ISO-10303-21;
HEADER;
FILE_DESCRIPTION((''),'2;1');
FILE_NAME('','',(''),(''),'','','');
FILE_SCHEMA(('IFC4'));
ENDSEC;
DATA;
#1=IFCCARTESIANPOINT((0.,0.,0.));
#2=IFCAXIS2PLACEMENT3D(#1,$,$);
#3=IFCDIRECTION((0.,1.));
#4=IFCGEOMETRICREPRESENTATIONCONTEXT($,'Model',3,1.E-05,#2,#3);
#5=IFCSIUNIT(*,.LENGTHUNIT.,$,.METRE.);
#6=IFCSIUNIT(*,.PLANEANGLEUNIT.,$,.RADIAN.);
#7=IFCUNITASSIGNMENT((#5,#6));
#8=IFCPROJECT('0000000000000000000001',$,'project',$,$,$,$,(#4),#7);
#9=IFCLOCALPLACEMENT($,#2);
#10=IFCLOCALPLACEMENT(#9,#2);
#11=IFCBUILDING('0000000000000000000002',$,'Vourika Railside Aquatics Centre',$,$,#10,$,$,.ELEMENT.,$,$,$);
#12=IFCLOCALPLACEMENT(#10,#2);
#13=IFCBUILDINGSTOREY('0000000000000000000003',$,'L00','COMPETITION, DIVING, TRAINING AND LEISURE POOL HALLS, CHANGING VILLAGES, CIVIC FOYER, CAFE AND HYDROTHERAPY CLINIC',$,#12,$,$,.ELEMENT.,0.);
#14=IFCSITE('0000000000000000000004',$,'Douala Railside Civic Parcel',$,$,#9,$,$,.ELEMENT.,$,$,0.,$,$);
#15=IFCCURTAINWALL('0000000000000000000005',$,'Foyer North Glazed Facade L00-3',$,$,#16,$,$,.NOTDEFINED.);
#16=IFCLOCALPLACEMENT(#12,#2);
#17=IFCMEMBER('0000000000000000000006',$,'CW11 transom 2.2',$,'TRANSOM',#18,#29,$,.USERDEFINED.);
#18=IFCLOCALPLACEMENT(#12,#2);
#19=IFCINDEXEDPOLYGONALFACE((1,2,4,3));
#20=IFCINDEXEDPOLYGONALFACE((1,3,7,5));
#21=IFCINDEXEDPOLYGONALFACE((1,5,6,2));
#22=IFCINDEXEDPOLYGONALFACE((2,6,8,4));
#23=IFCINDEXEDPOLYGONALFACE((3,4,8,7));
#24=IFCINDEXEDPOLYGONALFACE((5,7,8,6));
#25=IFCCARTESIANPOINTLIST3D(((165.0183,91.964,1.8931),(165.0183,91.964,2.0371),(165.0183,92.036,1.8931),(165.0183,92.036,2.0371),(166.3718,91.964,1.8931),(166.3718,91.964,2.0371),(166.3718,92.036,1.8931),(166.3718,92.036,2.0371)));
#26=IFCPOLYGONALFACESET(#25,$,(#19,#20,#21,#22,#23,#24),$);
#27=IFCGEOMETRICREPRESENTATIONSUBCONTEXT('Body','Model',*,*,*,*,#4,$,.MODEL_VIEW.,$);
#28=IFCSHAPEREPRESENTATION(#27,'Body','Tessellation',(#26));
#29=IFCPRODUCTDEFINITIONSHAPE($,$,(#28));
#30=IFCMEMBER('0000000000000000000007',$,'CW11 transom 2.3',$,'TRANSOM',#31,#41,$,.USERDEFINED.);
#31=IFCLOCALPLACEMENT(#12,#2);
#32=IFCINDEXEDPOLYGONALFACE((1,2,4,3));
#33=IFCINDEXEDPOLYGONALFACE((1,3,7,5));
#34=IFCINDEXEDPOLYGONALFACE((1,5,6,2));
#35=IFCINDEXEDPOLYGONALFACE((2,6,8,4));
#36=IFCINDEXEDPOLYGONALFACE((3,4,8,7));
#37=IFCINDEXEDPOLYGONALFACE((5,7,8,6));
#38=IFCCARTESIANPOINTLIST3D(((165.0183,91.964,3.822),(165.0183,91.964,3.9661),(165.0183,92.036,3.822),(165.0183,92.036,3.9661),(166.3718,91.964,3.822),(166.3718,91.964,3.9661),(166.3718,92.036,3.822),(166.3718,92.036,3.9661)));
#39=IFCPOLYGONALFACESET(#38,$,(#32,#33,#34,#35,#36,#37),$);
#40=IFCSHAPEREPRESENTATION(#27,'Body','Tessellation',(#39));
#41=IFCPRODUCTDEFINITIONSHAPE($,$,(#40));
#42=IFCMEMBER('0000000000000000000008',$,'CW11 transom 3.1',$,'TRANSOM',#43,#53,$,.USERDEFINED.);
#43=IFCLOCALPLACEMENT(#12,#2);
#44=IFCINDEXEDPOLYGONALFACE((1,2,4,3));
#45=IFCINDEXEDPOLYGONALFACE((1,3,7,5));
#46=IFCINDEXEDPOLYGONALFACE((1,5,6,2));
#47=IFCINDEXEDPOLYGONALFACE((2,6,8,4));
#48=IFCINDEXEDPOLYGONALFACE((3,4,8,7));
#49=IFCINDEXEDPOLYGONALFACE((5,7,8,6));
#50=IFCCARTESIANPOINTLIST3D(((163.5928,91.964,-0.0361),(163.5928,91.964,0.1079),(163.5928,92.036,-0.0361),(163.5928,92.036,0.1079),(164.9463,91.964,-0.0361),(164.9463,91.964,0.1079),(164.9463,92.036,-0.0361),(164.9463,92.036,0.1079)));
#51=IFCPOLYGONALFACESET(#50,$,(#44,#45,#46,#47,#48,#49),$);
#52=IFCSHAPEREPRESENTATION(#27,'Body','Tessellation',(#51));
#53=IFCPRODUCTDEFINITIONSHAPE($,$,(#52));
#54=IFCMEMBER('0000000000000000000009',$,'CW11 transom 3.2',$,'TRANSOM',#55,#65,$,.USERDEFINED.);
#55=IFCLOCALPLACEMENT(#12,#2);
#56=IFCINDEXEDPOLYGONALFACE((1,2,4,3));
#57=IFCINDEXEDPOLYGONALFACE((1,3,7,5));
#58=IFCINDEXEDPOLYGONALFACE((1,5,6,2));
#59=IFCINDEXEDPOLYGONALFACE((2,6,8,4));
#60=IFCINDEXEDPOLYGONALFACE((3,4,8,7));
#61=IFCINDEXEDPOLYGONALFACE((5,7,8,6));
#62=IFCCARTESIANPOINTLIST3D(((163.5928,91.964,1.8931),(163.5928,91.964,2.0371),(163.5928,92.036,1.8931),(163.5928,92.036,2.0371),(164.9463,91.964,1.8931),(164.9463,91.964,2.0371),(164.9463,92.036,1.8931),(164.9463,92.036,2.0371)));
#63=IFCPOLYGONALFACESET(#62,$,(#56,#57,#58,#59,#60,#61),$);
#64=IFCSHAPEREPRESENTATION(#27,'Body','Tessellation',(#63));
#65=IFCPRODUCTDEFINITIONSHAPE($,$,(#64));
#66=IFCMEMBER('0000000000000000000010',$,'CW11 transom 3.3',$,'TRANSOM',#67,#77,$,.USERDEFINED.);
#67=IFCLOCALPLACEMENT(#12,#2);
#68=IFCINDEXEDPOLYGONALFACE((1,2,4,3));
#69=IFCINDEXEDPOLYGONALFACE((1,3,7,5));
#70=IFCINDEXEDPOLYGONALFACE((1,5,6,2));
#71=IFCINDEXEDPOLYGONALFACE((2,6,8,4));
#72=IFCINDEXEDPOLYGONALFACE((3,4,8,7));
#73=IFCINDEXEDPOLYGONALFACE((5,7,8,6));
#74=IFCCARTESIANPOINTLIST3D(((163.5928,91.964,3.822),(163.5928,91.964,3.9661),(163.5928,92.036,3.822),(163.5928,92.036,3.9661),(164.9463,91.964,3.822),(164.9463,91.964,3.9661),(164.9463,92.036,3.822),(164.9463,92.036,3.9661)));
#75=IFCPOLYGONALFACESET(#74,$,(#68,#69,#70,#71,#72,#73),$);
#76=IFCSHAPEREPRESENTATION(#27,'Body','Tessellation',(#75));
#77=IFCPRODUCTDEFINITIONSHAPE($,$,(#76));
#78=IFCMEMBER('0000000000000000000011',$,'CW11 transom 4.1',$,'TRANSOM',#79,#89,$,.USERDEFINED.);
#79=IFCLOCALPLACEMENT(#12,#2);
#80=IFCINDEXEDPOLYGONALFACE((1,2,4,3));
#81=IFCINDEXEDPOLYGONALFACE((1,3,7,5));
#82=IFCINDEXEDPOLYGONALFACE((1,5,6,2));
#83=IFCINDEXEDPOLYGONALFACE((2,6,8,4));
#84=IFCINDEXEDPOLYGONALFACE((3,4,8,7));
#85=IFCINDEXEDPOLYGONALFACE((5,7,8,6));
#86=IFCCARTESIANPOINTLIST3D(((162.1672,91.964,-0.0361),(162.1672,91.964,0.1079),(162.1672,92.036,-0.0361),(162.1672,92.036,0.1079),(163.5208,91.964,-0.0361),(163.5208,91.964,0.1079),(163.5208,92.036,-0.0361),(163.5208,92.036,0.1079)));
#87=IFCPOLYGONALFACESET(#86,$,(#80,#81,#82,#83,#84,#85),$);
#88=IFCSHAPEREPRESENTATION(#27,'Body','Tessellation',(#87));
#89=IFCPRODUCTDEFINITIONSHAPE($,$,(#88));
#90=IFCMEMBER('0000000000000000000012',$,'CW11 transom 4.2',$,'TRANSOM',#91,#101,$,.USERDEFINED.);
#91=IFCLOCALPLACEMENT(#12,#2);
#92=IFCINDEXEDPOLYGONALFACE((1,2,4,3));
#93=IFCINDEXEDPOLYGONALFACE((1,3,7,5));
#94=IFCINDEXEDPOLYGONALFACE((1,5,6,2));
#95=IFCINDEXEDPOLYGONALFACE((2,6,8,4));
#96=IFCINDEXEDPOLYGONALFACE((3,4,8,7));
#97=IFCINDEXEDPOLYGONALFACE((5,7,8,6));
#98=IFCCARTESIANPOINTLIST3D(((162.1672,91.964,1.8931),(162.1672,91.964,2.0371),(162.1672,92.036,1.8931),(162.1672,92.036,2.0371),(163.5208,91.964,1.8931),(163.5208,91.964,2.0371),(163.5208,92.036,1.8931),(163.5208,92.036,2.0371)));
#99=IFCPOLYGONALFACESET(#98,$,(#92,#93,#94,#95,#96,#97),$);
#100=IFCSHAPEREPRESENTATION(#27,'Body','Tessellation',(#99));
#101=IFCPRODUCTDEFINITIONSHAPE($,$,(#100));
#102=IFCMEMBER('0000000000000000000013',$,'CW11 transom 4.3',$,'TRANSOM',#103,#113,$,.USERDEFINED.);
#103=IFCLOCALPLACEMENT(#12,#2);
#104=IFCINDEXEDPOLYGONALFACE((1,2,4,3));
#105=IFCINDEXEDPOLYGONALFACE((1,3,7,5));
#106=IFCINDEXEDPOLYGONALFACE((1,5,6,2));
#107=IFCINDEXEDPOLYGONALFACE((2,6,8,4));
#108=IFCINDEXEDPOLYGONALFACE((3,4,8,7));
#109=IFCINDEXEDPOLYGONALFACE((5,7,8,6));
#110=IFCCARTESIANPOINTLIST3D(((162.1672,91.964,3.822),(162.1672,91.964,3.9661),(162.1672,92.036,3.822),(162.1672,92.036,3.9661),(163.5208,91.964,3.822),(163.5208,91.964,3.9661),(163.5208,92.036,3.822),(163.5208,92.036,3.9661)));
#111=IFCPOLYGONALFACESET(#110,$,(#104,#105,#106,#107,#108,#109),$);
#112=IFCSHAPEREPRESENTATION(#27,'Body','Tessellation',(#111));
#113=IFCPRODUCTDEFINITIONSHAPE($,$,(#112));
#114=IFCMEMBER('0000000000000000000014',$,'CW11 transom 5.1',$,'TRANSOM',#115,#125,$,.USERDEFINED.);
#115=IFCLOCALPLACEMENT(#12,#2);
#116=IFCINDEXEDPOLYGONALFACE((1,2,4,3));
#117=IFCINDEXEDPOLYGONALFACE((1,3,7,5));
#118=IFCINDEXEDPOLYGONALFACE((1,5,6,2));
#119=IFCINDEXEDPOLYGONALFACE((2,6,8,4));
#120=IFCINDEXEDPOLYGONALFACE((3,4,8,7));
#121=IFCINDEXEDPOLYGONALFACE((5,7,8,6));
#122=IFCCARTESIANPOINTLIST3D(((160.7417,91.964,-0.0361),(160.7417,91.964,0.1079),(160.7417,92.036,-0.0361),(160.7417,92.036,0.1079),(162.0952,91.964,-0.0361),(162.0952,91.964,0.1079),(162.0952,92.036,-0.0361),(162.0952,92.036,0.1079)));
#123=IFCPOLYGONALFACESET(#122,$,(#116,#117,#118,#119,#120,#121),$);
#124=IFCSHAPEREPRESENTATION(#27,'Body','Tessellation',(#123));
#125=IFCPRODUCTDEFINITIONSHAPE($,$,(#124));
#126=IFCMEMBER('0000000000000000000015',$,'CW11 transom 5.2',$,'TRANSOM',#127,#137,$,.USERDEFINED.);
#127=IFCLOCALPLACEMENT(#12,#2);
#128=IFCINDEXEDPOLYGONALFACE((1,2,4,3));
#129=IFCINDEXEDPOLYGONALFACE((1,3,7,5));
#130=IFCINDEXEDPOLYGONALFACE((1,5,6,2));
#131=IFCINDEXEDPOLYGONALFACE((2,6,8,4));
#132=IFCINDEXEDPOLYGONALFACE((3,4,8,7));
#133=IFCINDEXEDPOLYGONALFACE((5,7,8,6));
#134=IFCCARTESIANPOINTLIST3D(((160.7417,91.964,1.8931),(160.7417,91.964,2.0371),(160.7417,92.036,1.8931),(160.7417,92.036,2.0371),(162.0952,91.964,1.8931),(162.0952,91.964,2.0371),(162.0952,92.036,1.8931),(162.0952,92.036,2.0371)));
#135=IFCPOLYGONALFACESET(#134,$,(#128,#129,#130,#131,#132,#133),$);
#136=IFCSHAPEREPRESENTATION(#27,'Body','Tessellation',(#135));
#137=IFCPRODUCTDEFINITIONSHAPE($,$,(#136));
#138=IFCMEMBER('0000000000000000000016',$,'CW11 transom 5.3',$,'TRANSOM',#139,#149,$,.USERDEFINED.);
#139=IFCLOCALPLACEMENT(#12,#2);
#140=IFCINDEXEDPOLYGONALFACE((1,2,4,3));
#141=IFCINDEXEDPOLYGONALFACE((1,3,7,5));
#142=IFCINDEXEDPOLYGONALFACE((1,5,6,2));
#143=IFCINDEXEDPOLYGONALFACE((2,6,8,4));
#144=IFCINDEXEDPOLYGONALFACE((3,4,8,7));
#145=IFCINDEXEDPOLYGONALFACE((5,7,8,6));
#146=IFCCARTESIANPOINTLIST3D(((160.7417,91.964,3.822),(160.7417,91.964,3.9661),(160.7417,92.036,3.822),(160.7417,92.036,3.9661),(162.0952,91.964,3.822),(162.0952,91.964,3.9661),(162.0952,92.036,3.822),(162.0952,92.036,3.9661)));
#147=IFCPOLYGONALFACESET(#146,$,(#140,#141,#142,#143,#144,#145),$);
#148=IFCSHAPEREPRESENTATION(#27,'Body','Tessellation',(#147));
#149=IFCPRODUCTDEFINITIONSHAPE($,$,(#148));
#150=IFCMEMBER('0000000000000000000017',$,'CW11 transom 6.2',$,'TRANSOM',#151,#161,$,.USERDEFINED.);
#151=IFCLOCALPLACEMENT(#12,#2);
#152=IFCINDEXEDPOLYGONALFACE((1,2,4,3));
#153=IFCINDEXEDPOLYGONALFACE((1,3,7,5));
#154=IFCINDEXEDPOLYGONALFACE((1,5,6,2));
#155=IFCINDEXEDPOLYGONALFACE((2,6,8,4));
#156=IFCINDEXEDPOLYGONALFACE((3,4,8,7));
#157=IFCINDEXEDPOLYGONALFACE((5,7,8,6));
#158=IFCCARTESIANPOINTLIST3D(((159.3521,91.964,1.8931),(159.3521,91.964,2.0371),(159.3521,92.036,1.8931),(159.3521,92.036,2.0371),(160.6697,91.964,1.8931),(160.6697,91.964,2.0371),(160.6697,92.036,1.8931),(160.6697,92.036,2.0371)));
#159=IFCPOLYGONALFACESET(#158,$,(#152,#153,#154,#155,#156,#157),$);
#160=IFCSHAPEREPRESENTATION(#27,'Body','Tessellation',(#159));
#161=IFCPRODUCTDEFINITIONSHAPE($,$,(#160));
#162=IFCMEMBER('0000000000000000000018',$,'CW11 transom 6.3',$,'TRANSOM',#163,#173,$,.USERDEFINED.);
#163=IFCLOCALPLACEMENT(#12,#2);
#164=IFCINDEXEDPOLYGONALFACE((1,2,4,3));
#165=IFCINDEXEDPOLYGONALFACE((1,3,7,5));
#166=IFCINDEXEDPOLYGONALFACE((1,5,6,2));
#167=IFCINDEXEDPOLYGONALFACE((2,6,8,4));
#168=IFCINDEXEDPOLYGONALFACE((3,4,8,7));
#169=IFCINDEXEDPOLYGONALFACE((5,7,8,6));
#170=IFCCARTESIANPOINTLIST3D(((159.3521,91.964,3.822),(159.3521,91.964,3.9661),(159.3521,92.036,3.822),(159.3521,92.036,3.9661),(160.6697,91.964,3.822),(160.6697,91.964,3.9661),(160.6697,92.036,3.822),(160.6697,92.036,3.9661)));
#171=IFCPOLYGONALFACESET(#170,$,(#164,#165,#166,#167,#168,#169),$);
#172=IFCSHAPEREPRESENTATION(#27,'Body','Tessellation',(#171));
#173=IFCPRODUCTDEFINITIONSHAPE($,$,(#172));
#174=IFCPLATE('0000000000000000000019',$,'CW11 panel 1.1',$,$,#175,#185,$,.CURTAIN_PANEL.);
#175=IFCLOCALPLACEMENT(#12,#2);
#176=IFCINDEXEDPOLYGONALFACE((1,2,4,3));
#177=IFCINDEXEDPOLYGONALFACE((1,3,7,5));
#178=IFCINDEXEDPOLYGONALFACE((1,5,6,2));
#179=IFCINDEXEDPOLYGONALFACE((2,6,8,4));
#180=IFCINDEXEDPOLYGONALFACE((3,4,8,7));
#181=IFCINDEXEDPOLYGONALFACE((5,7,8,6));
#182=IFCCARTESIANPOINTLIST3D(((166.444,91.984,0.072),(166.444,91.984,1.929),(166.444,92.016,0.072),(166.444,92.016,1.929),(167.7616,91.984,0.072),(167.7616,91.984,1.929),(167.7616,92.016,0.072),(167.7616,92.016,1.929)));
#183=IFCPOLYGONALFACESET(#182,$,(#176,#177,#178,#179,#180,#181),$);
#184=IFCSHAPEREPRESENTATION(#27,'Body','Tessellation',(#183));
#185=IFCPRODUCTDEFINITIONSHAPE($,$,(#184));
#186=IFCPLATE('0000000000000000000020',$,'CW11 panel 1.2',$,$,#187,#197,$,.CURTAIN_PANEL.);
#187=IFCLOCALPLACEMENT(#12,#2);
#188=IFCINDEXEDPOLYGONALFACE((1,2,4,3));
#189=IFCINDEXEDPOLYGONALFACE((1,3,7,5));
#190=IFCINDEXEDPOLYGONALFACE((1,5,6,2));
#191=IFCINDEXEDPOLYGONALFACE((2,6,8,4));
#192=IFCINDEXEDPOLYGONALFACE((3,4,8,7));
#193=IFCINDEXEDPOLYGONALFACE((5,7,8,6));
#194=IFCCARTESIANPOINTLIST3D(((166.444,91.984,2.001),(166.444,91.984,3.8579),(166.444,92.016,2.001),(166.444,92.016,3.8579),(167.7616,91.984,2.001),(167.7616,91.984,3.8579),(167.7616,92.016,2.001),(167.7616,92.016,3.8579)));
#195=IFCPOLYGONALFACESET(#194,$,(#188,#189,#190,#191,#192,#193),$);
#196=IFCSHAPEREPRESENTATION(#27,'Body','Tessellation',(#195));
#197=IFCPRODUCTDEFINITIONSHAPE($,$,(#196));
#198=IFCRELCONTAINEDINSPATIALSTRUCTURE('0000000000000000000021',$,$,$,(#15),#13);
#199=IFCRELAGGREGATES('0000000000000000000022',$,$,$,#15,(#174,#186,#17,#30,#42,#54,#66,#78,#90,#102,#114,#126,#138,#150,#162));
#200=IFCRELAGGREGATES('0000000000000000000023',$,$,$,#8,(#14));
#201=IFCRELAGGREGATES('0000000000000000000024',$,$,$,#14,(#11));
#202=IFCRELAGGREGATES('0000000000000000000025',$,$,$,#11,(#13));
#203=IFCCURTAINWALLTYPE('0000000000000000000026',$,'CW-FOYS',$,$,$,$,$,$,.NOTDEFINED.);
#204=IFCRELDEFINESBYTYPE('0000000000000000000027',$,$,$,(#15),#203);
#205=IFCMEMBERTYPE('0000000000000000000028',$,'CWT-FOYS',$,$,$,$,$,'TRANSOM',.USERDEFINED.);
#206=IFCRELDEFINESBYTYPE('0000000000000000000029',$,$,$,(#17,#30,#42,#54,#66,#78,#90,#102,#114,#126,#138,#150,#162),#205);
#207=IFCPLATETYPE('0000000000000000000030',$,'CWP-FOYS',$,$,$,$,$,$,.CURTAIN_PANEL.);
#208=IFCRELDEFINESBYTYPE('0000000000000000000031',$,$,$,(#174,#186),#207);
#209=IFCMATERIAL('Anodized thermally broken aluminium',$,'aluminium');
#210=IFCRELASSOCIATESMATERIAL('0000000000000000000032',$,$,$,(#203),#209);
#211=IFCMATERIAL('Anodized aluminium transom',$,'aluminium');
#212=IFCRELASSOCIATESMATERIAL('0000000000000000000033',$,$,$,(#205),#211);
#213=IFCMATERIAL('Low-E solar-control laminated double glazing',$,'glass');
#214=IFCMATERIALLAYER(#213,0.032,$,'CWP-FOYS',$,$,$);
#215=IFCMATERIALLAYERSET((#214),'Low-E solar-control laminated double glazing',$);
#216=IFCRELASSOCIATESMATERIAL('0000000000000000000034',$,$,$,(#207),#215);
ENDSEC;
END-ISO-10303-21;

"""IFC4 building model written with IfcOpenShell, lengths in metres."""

from ifc_helpers import new_model, si_unit, direction, frame, origin, origin_2d, place, context, subcontext, project, spatial, rectangle, extrude, material, layer, layer_set, material_profile, profile_set, type_object, element, aggregate, save


model = new_model("IFC4")

# Units and contexts
model_context = context("Model", 3, precision=1e-05, world=origin(), true_north=direction((0.0, 1.0)))
body_context = subcontext(model_context, "Body", "Model", "MODEL_VIEW")
ifc_project = project(units=[si_unit("LENGTHUNIT", "METRE"), si_unit("PLANEANGLEUNIT", "RADIAN")], contexts=[model_context])

# Site, building, storey
site_placement = place(None, origin())
site = spatial("IfcSite", under=ifc_project, at=site_placement, Name="Douala Railside Civic Parcel", CompositionType="ELEMENT", RefElevation=0.0)
building_placement = place(site_placement, origin())
building = spatial("IfcBuilding", under=site, at=building_placement, Name="Vourika Railside Aquatics Centre", CompositionType="ELEMENT")
storey_placement = place(building_placement, origin())
storey = spatial("IfcBuildingStorey", under=building, at=storey_placement, Name="L00", Description="COMPETITION, DIVING, TRAINING AND LEISURE POOL HALLS, CHANGING VILLAGES, CIVIC FOYER, CAFE AND HYDROTHERAPY CLINIC", CompositionType="ELEMENT", Elevation=0.0)

# Curtain wall, members, plates
ifc_material_1 = material(Name="Anodized thermally broken aluminium", Category="aluminium")
curtain_wall_type = type_object("IfcCurtainWallType", Name="CW-FOYS", PredefinedType="NOTDEFINED", material=ifc_material_1)
curtain_wall_placement = place(storey_placement, origin())
curtain_wall = element("IfcCurtainWall", 1, at=curtain_wall_placement, inside=storey, type_object=curtain_wall_type, Name="Foyer North Glazed Facade L00-3", PredefinedType="NOTDEFINED")
ifc_material_2 = material(Name="Anodized aluminium transom", Category="aluminium")
ifc_material_profile_1 = material_profile(ifc_material_2, rectangle(XDim=0.072, YDim=0.144, at=origin_2d()), Name="ALU-T 72x144")
ifc_profile_set_1 = profile_set([ifc_material_profile_1], Name="Anodized aluminium transom")
member_type_1 = type_object("IfcMemberType", Name="CWT-FOYS", ElementType="TRANSOM", PredefinedType="USERDEFINED", material=ifc_profile_set_1)
member_1_placement = place(storey_placement, frame((166.3718, 92.0, 1.9651), z_axis=(-1.0, 0.0, 0.0), x_axis=(0.0, -1.0, 0.0)))
member_1 = element("IfcMember", 2, at=member_1_placement, type_object=member_type_1, Name="CW11 transom 2.2", ObjectType="TRANSOM", PredefinedType="USERDEFINED", context=body_context, shape_type="SweptSolid", body=[
    extrude(rectangle(XDim=0.072, YDim=0.144, at=origin_2d()), origin(), (0.0, 0.0, 1.0), 1.3535),
])
member_2_placement = place(storey_placement, frame((166.3718, 92.0, 3.894), z_axis=(-1.0, 0.0, 0.0), x_axis=(0.0, -1.0, 0.0)))
member_2 = element("IfcMember", 3, at=member_2_placement, type_object=member_type_1, Name="CW11 transom 2.3", ObjectType="TRANSOM", PredefinedType="USERDEFINED", context=body_context, shape_type="SweptSolid", body=[
    extrude(rectangle(XDim=0.072, YDim=0.144, at=origin_2d()), origin(), (0.0, 0.0, 1.0), 1.3535),
])
member_3_placement = place(storey_placement, frame((164.9463, 92.0, 0.0359), z_axis=(-1.0, 0.0, 0.0), x_axis=(0.0, -1.0, 0.0)))
member_3 = element("IfcMember", 4, at=member_3_placement, type_object=member_type_1, Name="CW11 transom 3.1", ObjectType="TRANSOM", PredefinedType="USERDEFINED", context=body_context, shape_type="SweptSolid", body=[
    extrude(rectangle(XDim=0.072, YDim=0.144, at=origin_2d()), origin(), (0.0, 0.0, 1.0), 1.3535),
])
member_4_placement = place(storey_placement, frame((164.9463, 92.0, 1.9651), z_axis=(-1.0, 0.0, 0.0), x_axis=(0.0, -1.0, 0.0)))
member_4 = element("IfcMember", 5, at=member_4_placement, type_object=member_type_1, Name="CW11 transom 3.2", ObjectType="TRANSOM", PredefinedType="USERDEFINED", context=body_context, shape_type="SweptSolid", body=[
    extrude(rectangle(XDim=0.072, YDim=0.144, at=origin_2d()), origin(), (0.0, 0.0, 1.0), 1.3535),
])
member_5_placement = place(storey_placement, frame((164.9463, 92.0, 3.894), z_axis=(-1.0, 0.0, 0.0), x_axis=(0.0, -1.0, 0.0)))
member_5 = element("IfcMember", 6, at=member_5_placement, type_object=member_type_1, Name="CW11 transom 3.3", ObjectType="TRANSOM", PredefinedType="USERDEFINED", context=body_context, shape_type="SweptSolid", body=[
    extrude(rectangle(XDim=0.072, YDim=0.144, at=origin_2d()), origin(), (0.0, 0.0, 1.0), 1.3535),
])
member_6_placement = place(storey_placement, frame((163.5208, 92.0, 0.0359), z_axis=(-1.0, 0.0, 0.0), x_axis=(0.0, -1.0, 0.0)))
member_6 = element("IfcMember", 7, at=member_6_placement, type_object=member_type_1, Name="CW11 transom 4.1", ObjectType="TRANSOM", PredefinedType="USERDEFINED", context=body_context, shape_type="SweptSolid", body=[
    extrude(rectangle(XDim=0.072, YDim=0.144, at=origin_2d()), origin(), (0.0, 0.0, 1.0), 1.3535),
])
member_7_placement = place(storey_placement, frame((163.5208, 92.0, 1.9651), z_axis=(-1.0, 0.0, 0.0), x_axis=(0.0, -1.0, 0.0)))
member_7 = element("IfcMember", 8, at=member_7_placement, type_object=member_type_1, Name="CW11 transom 4.2", ObjectType="TRANSOM", PredefinedType="USERDEFINED", context=body_context, shape_type="SweptSolid", body=[
    extrude(rectangle(XDim=0.072, YDim=0.144, at=origin_2d()), origin(), (0.0, 0.0, 1.0), 1.3535),
])
member_8_placement = place(storey_placement, frame((163.5208, 92.0, 3.894), z_axis=(-1.0, 0.0, 0.0), x_axis=(0.0, -1.0, 0.0)))
member_8 = element("IfcMember", 9, at=member_8_placement, type_object=member_type_1, Name="CW11 transom 4.3", ObjectType="TRANSOM", PredefinedType="USERDEFINED", context=body_context, shape_type="SweptSolid", body=[
    extrude(rectangle(XDim=0.072, YDim=0.144, at=origin_2d()), origin(), (0.0, 0.0, 1.0), 1.3535),
])
member_9_placement = place(storey_placement, frame((162.0952, 92.0, 0.0359), z_axis=(-1.0, 0.0, 0.0), x_axis=(0.0, -1.0, 0.0)))
member_9 = element("IfcMember", 10, at=member_9_placement, type_object=member_type_1, Name="CW11 transom 5.1", ObjectType="TRANSOM", PredefinedType="USERDEFINED", context=body_context, shape_type="SweptSolid", body=[
    extrude(rectangle(XDim=0.072, YDim=0.144, at=origin_2d()), origin(), (0.0, 0.0, 1.0), 1.3535),
])
member_10_placement = place(storey_placement, frame((162.0952, 92.0, 1.9651), z_axis=(-1.0, 0.0, 0.0), x_axis=(0.0, -1.0, 0.0)))
member_10 = element("IfcMember", 11, at=member_10_placement, type_object=member_type_1, Name="CW11 transom 5.2", ObjectType="TRANSOM", PredefinedType="USERDEFINED", context=body_context, shape_type="SweptSolid", body=[
    extrude(rectangle(XDim=0.072, YDim=0.144, at=origin_2d()), origin(), (0.0, 0.0, 1.0), 1.3535),
])
member_11_placement = place(storey_placement, frame((162.0952, 92.0, 3.894), z_axis=(-1.0, 0.0, 0.0), x_axis=(0.0, -1.0, 0.0)))
member_11 = element("IfcMember", 12, at=member_11_placement, type_object=member_type_1, Name="CW11 transom 5.3", ObjectType="TRANSOM", PredefinedType="USERDEFINED", context=body_context, shape_type="SweptSolid", body=[
    extrude(rectangle(XDim=0.072, YDim=0.144, at=origin_2d()), origin(), (0.0, 0.0, 1.0), 1.3535),
])
member_12_placement = place(storey_placement, frame((160.6697, 92.0, 1.9651), z_axis=(-1.0, 0.0, 0.0), x_axis=(0.0, -1.0, 0.0)))
member_12 = element("IfcMember", 13, at=member_12_placement, type_object=member_type_1, Name="CW11 transom 6.2", ObjectType="TRANSOM", PredefinedType="USERDEFINED", context=body_context, shape_type="SweptSolid", body=[
    extrude(rectangle(XDim=0.072, YDim=0.144, at=origin_2d()), origin(), (0.0, 0.0, 1.0), 1.3176),
])
member_13_placement = place(storey_placement, frame((160.6697, 92.0, 3.894), z_axis=(-1.0, 0.0, 0.0), x_axis=(0.0, -1.0, 0.0)))
member_13 = element("IfcMember", 14, at=member_13_placement, type_object=member_type_1, Name="CW11 transom 6.3", ObjectType="TRANSOM", PredefinedType="USERDEFINED", context=body_context, shape_type="SweptSolid", body=[
    extrude(rectangle(XDim=0.072, YDim=0.144, at=origin_2d()), origin(), (0.0, 0.0, 1.0), 1.3176),
])
ifc_material_3 = material(Name="Low-E solar-control laminated double glazing", Category="glass")
ifc_layer_1 = layer(ifc_material_3, 0.032, Name="CWP-FOYS")
ifc_layer_set_1 = layer_set([ifc_layer_1], Name="Low-E solar-control laminated double glazing")
plate_type_1 = type_object("IfcPlateType", Name="CWP-FOYS", PredefinedType="CURTAIN_PANEL", material=ifc_layer_set_1)
plate_1_placement = place(storey_placement, frame((167.1028, 92.0, 0.072), z_axis=(0.0, 0.0, 1.0), x_axis=(-1.0, 0.0, 0.0)))
plate_1 = element("IfcPlate", 15, at=plate_1_placement, type_object=plate_type_1, Name="CW11 panel 1.1", PredefinedType="CURTAIN_PANEL", context=body_context, shape_type="SweptSolid", body=[
    extrude(rectangle(XDim=1.3176, YDim=0.032, at=origin_2d()), origin(), (0.0, 0.0, 1.0), 1.8569),
])
plate_2_placement = place(storey_placement, frame((167.1028, 92.0, 2.001), z_axis=(0.0, 0.0, 1.0), x_axis=(-1.0, 0.0, 0.0)))
plate_2 = element("IfcPlate", 16, at=plate_2_placement, type_object=plate_type_1, Name="CW11 panel 1.2", PredefinedType="CURTAIN_PANEL", context=body_context, shape_type="SweptSolid", body=[
    extrude(rectangle(XDim=1.3176, YDim=0.032, at=origin_2d()), origin(), (0.0, 0.0, 1.0), 1.8569),
])
aggregate(curtain_wall, [plate_1, plate_2, member_1, member_2, member_3, member_4, member_5, member_6, member_7, member_8, member_9, member_10, member_11, member_12, member_13])

save(model, "model.ifc")
